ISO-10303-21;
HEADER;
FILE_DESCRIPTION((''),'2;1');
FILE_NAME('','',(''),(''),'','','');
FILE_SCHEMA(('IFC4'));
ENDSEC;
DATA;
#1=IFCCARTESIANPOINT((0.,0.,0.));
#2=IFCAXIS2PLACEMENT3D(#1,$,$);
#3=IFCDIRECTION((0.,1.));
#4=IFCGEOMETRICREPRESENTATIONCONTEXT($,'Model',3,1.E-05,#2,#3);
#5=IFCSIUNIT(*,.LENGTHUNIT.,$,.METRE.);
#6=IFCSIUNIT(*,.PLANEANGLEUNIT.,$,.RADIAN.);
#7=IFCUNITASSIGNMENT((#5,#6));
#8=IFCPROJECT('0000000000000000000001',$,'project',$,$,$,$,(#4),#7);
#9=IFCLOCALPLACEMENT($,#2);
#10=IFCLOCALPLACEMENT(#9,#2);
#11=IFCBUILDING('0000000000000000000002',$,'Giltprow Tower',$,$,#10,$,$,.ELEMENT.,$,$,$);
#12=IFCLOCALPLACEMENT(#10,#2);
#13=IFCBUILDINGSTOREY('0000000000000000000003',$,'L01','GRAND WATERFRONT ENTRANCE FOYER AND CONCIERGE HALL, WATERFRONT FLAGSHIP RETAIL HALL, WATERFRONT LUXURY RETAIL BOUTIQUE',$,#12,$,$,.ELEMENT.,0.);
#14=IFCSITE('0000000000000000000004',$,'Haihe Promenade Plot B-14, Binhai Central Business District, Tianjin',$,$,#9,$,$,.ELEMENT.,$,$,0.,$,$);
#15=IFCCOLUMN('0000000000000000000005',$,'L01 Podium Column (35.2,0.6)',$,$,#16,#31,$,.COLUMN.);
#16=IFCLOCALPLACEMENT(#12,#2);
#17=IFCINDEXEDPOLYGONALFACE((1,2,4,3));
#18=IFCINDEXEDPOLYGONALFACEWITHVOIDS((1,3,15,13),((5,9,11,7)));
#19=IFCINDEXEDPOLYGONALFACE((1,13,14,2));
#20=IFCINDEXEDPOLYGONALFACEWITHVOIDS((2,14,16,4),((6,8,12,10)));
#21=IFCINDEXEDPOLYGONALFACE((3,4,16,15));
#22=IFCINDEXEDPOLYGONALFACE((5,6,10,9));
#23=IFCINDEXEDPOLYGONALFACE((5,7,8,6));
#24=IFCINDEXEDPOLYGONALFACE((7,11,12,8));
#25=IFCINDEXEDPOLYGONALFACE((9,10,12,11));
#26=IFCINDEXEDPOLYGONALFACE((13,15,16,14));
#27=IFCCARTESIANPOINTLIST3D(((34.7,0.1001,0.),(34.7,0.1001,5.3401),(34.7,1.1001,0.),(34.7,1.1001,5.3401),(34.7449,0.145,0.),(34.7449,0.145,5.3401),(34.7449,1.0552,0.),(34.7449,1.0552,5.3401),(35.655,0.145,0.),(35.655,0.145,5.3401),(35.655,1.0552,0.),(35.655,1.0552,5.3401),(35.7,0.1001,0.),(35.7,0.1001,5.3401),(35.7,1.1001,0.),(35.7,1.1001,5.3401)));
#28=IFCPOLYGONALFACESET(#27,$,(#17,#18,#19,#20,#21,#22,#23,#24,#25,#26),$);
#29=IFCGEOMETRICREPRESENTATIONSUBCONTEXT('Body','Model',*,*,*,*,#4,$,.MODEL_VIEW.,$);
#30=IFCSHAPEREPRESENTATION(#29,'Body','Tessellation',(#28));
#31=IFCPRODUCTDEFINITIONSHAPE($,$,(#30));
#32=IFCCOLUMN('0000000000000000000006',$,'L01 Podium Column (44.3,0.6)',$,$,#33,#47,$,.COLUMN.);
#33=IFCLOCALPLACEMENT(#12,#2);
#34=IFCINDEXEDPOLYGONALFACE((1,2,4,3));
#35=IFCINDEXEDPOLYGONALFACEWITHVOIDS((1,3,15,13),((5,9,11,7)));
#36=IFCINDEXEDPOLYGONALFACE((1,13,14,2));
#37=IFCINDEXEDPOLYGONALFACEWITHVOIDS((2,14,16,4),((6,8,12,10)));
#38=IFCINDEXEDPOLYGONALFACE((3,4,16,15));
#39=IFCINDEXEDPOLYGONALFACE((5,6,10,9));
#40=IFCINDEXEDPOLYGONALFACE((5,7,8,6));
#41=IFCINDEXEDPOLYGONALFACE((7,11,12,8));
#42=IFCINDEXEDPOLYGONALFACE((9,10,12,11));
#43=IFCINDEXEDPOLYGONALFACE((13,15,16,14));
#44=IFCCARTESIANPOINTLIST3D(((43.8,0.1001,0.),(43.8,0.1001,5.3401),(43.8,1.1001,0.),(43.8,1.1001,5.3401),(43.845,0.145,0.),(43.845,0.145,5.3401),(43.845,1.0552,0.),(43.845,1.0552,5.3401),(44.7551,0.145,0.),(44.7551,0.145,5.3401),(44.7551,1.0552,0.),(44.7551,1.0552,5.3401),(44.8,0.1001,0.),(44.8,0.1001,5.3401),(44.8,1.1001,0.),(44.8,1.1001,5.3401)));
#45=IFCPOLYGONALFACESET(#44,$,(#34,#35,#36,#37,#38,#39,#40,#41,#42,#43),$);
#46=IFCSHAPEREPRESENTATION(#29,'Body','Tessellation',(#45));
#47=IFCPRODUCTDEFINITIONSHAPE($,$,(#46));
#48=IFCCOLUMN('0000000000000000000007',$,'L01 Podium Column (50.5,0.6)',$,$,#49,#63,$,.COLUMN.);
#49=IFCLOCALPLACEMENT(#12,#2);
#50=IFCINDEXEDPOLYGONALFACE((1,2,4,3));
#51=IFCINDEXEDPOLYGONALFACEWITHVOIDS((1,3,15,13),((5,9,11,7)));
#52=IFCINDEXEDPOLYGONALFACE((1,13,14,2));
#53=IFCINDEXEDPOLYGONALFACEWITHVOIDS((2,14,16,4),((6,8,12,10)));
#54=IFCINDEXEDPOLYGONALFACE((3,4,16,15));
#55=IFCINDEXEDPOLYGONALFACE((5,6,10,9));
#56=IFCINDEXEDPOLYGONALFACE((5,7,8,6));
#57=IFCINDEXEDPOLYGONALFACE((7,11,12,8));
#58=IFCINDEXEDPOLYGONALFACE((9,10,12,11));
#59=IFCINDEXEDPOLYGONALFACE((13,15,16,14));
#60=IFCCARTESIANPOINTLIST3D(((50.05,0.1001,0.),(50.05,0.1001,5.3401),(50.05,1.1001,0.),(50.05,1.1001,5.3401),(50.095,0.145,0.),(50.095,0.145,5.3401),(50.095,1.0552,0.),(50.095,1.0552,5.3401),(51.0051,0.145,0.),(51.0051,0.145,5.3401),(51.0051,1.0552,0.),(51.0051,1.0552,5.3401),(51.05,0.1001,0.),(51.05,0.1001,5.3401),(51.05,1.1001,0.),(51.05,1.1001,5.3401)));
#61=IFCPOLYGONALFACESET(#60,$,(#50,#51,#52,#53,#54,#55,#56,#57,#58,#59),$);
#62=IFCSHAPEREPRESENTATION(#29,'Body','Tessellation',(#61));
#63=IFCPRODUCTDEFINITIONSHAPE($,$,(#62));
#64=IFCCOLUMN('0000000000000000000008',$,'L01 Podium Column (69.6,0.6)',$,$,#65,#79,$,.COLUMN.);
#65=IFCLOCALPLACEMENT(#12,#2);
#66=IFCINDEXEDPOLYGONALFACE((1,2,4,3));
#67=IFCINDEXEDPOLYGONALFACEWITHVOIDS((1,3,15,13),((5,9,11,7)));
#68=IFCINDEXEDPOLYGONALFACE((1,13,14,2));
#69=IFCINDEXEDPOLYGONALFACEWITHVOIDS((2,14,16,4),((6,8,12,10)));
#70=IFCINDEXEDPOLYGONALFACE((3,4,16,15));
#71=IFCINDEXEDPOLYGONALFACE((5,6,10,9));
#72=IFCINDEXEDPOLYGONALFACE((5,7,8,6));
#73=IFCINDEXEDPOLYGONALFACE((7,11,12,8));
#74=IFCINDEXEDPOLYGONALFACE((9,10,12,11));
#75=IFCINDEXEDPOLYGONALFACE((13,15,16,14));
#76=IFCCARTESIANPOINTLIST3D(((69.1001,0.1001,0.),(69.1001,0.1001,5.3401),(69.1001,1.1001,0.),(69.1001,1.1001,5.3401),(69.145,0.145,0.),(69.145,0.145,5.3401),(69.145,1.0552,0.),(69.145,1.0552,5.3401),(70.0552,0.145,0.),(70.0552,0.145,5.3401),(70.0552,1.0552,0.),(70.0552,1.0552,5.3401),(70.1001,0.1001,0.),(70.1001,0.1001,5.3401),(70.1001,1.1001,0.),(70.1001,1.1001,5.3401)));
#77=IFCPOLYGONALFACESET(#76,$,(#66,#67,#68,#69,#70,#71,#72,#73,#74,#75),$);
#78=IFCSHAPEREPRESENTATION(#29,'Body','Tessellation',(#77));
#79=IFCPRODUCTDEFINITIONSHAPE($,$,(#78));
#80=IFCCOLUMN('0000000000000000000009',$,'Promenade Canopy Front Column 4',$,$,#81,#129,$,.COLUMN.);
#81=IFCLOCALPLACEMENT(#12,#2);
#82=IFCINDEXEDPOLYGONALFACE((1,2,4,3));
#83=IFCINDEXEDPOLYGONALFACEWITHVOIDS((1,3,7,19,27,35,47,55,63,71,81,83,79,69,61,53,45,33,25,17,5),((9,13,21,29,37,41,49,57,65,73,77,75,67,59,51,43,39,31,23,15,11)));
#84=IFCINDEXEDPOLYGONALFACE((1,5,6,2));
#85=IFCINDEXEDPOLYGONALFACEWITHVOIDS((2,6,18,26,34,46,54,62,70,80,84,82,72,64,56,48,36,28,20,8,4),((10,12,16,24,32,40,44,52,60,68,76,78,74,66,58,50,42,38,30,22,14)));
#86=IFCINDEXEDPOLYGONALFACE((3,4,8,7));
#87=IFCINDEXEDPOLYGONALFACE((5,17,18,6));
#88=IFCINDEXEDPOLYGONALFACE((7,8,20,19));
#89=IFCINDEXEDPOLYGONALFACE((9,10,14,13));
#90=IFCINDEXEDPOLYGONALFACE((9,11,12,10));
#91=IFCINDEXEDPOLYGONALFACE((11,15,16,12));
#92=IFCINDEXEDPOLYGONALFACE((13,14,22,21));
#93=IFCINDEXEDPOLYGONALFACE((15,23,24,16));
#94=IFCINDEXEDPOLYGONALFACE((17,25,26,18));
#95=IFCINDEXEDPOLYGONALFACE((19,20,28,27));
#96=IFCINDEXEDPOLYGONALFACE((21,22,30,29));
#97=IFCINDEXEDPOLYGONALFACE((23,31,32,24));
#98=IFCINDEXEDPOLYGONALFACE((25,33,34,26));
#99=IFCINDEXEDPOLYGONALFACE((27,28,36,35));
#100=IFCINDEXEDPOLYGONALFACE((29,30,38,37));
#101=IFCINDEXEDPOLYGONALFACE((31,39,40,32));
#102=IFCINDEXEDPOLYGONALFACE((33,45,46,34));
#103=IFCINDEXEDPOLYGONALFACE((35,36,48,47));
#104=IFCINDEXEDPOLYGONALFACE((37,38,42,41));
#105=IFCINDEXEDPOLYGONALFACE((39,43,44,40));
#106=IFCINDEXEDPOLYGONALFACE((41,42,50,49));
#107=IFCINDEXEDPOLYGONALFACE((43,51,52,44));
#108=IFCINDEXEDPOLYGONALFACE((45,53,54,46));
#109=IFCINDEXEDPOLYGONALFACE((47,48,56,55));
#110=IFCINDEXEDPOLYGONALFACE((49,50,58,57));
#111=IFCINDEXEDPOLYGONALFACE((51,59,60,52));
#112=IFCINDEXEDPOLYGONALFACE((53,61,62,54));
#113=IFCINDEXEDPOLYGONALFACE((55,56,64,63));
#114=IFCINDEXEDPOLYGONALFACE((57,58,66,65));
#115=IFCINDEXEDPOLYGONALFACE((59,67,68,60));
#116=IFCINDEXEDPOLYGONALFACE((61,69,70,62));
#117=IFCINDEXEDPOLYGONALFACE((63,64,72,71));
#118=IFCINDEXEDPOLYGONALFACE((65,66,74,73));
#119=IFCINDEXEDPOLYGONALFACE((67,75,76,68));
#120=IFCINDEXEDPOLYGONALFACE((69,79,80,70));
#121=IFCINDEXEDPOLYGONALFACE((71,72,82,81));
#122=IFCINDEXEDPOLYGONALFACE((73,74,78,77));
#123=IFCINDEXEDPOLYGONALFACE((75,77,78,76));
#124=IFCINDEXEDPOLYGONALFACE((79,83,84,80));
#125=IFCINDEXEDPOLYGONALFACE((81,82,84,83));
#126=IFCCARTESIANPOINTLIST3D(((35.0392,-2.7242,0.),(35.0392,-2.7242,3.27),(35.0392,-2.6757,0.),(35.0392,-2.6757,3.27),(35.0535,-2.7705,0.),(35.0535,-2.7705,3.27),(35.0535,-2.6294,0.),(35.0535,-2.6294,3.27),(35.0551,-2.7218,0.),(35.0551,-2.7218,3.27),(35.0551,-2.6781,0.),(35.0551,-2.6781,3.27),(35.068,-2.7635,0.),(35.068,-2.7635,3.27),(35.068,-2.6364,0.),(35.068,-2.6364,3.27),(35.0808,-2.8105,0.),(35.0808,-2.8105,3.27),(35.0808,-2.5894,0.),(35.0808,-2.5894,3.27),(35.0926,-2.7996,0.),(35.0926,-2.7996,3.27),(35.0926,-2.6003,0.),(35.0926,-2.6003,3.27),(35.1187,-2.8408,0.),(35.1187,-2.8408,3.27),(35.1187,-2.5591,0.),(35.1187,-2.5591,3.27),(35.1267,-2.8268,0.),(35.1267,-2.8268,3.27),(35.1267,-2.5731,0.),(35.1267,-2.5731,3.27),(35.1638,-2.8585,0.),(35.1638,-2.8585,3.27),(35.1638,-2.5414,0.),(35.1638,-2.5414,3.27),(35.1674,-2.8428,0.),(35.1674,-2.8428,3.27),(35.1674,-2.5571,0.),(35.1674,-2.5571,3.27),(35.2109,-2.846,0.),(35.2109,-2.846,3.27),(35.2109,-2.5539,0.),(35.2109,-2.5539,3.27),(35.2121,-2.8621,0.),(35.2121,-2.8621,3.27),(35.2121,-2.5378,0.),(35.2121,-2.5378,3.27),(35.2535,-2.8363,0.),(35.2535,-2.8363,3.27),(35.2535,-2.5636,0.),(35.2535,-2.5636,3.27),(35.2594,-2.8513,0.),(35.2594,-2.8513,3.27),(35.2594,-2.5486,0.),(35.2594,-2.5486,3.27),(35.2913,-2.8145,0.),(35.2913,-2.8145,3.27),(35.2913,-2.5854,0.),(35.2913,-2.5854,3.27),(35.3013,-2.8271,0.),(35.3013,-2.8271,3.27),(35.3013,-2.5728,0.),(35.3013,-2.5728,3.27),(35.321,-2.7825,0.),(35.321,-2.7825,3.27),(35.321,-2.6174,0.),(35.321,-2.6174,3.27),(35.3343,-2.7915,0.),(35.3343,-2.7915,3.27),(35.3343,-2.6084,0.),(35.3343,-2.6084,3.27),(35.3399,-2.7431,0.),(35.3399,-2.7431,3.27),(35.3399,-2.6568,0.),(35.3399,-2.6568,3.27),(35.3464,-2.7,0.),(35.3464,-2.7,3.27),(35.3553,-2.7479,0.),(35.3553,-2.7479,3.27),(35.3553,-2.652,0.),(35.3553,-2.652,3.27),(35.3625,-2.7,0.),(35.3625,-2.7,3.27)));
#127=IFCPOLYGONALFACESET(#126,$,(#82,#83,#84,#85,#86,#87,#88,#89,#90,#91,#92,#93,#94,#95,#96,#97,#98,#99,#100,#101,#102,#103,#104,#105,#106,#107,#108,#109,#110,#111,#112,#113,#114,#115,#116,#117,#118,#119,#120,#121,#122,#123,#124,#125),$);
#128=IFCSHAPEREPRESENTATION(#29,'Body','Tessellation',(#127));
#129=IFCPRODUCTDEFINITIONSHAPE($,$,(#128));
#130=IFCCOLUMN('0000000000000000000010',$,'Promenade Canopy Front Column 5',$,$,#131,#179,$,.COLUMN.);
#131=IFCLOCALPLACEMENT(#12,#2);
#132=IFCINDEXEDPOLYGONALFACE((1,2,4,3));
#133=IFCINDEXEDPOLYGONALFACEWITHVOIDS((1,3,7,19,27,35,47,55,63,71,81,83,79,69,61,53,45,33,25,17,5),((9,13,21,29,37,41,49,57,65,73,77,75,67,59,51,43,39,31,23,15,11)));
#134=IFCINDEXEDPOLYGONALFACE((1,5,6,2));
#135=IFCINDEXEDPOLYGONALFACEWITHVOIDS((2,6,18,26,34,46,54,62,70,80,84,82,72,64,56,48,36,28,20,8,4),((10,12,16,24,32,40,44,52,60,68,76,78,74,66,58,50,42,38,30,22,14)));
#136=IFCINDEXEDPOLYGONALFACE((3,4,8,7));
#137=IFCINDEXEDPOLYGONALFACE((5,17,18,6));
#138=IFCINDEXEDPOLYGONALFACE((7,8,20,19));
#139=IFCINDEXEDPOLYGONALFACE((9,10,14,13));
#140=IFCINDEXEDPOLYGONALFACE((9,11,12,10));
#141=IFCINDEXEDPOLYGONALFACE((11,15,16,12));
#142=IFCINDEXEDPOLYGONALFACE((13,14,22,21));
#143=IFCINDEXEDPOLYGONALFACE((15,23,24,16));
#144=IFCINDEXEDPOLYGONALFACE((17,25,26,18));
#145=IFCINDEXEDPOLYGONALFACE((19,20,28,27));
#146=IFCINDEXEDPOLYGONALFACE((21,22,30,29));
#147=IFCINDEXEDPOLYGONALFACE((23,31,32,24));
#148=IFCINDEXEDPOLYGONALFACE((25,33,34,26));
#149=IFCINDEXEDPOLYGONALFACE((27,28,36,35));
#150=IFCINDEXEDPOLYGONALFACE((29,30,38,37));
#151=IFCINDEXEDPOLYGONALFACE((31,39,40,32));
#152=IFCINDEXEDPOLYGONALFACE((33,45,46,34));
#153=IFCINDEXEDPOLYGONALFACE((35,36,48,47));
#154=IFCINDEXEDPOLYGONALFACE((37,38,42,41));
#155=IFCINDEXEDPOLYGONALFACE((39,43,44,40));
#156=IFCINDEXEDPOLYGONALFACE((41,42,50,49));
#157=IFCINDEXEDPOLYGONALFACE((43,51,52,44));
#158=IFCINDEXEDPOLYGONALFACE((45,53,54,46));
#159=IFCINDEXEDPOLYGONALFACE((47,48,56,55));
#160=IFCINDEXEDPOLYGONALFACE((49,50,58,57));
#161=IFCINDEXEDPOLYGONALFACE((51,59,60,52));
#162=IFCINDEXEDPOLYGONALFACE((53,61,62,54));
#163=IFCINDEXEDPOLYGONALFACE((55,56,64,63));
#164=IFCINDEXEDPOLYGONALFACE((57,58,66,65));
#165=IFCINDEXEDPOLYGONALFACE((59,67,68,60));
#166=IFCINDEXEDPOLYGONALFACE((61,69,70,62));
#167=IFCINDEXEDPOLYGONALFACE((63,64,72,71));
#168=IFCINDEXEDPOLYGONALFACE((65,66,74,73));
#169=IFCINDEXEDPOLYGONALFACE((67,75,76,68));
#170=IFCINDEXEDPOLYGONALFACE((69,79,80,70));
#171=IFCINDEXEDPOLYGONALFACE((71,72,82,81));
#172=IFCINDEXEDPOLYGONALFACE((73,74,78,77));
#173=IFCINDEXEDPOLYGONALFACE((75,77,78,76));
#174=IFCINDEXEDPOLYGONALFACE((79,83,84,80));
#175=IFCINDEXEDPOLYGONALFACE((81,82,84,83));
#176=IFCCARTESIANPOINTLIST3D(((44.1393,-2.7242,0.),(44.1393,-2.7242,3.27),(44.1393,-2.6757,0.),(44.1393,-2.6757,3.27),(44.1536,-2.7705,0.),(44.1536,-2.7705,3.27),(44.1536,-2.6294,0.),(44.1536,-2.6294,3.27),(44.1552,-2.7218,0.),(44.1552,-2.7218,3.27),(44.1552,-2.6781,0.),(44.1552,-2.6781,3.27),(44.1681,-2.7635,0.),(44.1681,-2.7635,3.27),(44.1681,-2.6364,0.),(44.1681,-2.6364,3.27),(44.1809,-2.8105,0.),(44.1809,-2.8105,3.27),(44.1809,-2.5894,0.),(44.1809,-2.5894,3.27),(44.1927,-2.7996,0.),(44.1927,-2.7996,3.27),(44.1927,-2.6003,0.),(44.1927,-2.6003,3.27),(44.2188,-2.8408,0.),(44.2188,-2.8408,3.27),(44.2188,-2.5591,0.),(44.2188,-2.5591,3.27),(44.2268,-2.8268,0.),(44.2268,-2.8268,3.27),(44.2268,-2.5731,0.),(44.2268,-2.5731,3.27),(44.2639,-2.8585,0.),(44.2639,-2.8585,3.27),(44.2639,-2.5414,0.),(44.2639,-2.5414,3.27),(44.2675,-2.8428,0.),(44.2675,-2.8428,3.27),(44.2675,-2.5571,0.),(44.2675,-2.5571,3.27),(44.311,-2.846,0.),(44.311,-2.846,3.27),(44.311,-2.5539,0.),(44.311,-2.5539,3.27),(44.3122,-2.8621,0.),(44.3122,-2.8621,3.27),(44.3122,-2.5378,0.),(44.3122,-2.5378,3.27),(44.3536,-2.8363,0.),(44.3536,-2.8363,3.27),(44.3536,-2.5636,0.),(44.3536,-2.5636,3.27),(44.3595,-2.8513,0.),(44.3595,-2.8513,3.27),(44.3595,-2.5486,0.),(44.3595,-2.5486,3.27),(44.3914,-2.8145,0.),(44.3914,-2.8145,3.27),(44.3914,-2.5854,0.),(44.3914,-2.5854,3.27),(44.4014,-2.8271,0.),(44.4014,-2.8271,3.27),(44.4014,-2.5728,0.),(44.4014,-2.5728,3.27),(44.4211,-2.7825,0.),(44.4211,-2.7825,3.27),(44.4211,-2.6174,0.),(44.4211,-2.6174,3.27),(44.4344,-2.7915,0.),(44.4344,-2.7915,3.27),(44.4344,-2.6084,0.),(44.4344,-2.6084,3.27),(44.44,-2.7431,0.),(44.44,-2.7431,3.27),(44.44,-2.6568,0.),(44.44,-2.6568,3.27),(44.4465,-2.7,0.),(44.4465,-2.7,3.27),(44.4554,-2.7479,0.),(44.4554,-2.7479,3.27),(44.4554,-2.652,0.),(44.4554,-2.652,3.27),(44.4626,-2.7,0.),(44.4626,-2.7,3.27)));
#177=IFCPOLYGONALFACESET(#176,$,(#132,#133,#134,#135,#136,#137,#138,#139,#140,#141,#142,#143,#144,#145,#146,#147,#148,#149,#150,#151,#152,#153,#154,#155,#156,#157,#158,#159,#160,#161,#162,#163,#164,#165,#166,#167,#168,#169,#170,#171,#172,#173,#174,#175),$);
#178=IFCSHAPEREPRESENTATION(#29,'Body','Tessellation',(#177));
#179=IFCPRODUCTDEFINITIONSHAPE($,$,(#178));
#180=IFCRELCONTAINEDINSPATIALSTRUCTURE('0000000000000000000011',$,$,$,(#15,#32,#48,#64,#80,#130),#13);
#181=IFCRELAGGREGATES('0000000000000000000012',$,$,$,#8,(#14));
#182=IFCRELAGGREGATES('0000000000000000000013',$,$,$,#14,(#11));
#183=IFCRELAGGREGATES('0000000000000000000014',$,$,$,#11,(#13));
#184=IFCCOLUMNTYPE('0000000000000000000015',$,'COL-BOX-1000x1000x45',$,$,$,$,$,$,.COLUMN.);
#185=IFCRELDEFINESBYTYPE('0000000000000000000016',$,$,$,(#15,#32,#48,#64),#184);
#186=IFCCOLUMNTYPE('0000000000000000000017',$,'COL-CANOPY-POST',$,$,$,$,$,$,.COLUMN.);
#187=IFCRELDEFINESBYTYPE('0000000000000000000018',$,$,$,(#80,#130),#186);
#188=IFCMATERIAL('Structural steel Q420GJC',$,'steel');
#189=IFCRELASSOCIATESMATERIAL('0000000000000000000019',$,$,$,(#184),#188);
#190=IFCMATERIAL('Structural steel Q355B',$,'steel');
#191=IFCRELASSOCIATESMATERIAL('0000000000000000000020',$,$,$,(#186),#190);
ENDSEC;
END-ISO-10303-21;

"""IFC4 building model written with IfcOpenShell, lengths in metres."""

from ifc_helpers import new_model, si_unit, direction, frame, origin, origin_2d, place, context, subcontext, project, spatial, hollow_rectangle, hollow_circle, extrude, source, transform, mapped, material, material_profile, profile_set, type_object, element, save


model = new_model("IFC4")

# Units and contexts
model_context = context("Model", 3, precision=1e-05, world=origin(), true_north=direction((0.0, 1.0)))
body_context = subcontext(model_context, "Body", "Model", "MODEL_VIEW")
ifc_project = project(units=[si_unit("LENGTHUNIT", "METRE"), si_unit("PLANEANGLEUNIT", "RADIAN")], contexts=[model_context])

# Site, building, storey
site_placement = place(None, origin())
site = spatial("IfcSite", under=ifc_project, at=site_placement, Name="Haihe Promenade Plot B-14, Binhai Central Business District, Tianjin", CompositionType="ELEMENT", RefElevation=0.0)
building_placement = place(site_placement, origin())
building = spatial("IfcBuilding", under=site, at=building_placement, Name="Giltprow Tower", CompositionType="ELEMENT")
storey_placement = place(building_placement, origin())
storey = spatial("IfcBuildingStorey", under=building, at=storey_placement, Name="L01", Description="GRAND WATERFRONT ENTRANCE FOYER AND CONCIERGE HALL, WATERFRONT FLAGSHIP RETAIL HALL, WATERFRONT LUXURY RETAIL BOUTIQUE", CompositionType="ELEMENT", Elevation=0.0)

# Columns
ifc_material_1 = material(Name="Structural steel Q420GJC", Category="steel")
ifc_material_profile_1 = material_profile(ifc_material_1, hollow_rectangle(XDim=1.0, YDim=1.0, WallThickness=0.0449, at=origin_2d()), Name="BOX 1000x1000x45")
ifc_profile_set_1 = profile_set([ifc_material_profile_1], Name="Structural steel Q420GJC")
column_type_1 = type_object("IfcColumnType", Name="COL-BOX-1000x1000x45", PredefinedType="COLUMN", material=ifc_profile_set_1)
shared_shape_1 = source(origin(), body_context, "Body", "SweptSolid", [
    extrude(hollow_rectangle(XDim=1.0, YDim=1.0, WallThickness=0.0449, at=origin_2d()), origin(), (0.0, 0.0, 1.0), 5.3401),
])
for number, where, z_axis, x_axis, name in (
    (1, (35.2, 0.6001, 0.0), (0.0, 0.0, 1.0), (1.0, 0.0, 0.0), "L01 Podium Column (35.2,0.6)"),
    (2, (44.3, 0.6001, 0.0), (0.0, 0.0, 1.0), (1.0, 0.0, 0.0), "L01 Podium Column (44.3,0.6)"),
    (3, (50.55, 0.6001, 0.0), (0.0, 0.0, 1.0), (1.0, 0.0, 0.0), "L01 Podium Column (50.5,0.6)"),
    (4, (69.6001, 0.6001, 0.0), (0.0, 0.0, 1.0), (1.0, 0.0, 0.0), "L01 Podium Column (69.6,0.6)"),
):
    element("IfcColumn", number, at=place(storey_placement, frame(where, z_axis=z_axis, x_axis=x_axis)), inside=storey, type_object=column_type_1, Name=name, PredefinedType="COLUMN", context=body_context, shape_type="MappedRepresentation", body=[
        mapped(shared_shape_1, transform((0.0, 0.0, 0.0), x_axis=(1.0, 0.0, 0.0), y_axis=(0.0, 1.0, 0.0), z_axis=(0.0, 0.0, 1.0), scale=1.0)),
    ])
ifc_material_2 = material(Name="Structural steel Q355B", Category="steel")
ifc_material_profile_2 = material_profile(ifc_material_2, hollow_circle(Radius=0.1626, WallThickness=0.0161, at=origin_2d()), Name="CHS 325x16")
ifc_profile_set_2 = profile_set([ifc_material_profile_2], Name="Structural steel Q355B")
column_type_2 = type_object("IfcColumnType", Name="COL-CANOPY-POST", PredefinedType="COLUMN", material=ifc_profile_set_2)
shared_shape_2 = source(origin(), body_context, "Body", "SweptSolid", [
    extrude(hollow_circle(Radius=0.1626, WallThickness=0.0161, at=origin_2d()), origin(), (0.0, 0.0, 1.0), 3.27),
])
for number, where, z_axis, x_axis, name in (
    (5, (35.2, -2.7, 0.0), (0.0, 0.0, 1.0), (1.0, 0.0, 0.0), "Promenade Canopy Front Column 4"),
    (6, (44.3, -2.7, 0.0), (0.0, 0.0, 1.0), (1.0, 0.0, 0.0), "Promenade Canopy Front Column 5"),
):
    element("IfcColumn", number, at=place(storey_placement, frame(where, z_axis=z_axis, x_axis=x_axis)), inside=storey, type_object=column_type_2, Name=name, PredefinedType="COLUMN", context=body_context, shape_type="MappedRepresentation", body=[
        mapped(shared_shape_2, transform((0.0, 0.0, 0.0), x_axis=(1.0, 0.0, 0.0), y_axis=(0.0, 1.0, 0.0), z_axis=(0.0, 0.0, 1.0), scale=1.0)),
    ])

save(model, "model.ifc")
